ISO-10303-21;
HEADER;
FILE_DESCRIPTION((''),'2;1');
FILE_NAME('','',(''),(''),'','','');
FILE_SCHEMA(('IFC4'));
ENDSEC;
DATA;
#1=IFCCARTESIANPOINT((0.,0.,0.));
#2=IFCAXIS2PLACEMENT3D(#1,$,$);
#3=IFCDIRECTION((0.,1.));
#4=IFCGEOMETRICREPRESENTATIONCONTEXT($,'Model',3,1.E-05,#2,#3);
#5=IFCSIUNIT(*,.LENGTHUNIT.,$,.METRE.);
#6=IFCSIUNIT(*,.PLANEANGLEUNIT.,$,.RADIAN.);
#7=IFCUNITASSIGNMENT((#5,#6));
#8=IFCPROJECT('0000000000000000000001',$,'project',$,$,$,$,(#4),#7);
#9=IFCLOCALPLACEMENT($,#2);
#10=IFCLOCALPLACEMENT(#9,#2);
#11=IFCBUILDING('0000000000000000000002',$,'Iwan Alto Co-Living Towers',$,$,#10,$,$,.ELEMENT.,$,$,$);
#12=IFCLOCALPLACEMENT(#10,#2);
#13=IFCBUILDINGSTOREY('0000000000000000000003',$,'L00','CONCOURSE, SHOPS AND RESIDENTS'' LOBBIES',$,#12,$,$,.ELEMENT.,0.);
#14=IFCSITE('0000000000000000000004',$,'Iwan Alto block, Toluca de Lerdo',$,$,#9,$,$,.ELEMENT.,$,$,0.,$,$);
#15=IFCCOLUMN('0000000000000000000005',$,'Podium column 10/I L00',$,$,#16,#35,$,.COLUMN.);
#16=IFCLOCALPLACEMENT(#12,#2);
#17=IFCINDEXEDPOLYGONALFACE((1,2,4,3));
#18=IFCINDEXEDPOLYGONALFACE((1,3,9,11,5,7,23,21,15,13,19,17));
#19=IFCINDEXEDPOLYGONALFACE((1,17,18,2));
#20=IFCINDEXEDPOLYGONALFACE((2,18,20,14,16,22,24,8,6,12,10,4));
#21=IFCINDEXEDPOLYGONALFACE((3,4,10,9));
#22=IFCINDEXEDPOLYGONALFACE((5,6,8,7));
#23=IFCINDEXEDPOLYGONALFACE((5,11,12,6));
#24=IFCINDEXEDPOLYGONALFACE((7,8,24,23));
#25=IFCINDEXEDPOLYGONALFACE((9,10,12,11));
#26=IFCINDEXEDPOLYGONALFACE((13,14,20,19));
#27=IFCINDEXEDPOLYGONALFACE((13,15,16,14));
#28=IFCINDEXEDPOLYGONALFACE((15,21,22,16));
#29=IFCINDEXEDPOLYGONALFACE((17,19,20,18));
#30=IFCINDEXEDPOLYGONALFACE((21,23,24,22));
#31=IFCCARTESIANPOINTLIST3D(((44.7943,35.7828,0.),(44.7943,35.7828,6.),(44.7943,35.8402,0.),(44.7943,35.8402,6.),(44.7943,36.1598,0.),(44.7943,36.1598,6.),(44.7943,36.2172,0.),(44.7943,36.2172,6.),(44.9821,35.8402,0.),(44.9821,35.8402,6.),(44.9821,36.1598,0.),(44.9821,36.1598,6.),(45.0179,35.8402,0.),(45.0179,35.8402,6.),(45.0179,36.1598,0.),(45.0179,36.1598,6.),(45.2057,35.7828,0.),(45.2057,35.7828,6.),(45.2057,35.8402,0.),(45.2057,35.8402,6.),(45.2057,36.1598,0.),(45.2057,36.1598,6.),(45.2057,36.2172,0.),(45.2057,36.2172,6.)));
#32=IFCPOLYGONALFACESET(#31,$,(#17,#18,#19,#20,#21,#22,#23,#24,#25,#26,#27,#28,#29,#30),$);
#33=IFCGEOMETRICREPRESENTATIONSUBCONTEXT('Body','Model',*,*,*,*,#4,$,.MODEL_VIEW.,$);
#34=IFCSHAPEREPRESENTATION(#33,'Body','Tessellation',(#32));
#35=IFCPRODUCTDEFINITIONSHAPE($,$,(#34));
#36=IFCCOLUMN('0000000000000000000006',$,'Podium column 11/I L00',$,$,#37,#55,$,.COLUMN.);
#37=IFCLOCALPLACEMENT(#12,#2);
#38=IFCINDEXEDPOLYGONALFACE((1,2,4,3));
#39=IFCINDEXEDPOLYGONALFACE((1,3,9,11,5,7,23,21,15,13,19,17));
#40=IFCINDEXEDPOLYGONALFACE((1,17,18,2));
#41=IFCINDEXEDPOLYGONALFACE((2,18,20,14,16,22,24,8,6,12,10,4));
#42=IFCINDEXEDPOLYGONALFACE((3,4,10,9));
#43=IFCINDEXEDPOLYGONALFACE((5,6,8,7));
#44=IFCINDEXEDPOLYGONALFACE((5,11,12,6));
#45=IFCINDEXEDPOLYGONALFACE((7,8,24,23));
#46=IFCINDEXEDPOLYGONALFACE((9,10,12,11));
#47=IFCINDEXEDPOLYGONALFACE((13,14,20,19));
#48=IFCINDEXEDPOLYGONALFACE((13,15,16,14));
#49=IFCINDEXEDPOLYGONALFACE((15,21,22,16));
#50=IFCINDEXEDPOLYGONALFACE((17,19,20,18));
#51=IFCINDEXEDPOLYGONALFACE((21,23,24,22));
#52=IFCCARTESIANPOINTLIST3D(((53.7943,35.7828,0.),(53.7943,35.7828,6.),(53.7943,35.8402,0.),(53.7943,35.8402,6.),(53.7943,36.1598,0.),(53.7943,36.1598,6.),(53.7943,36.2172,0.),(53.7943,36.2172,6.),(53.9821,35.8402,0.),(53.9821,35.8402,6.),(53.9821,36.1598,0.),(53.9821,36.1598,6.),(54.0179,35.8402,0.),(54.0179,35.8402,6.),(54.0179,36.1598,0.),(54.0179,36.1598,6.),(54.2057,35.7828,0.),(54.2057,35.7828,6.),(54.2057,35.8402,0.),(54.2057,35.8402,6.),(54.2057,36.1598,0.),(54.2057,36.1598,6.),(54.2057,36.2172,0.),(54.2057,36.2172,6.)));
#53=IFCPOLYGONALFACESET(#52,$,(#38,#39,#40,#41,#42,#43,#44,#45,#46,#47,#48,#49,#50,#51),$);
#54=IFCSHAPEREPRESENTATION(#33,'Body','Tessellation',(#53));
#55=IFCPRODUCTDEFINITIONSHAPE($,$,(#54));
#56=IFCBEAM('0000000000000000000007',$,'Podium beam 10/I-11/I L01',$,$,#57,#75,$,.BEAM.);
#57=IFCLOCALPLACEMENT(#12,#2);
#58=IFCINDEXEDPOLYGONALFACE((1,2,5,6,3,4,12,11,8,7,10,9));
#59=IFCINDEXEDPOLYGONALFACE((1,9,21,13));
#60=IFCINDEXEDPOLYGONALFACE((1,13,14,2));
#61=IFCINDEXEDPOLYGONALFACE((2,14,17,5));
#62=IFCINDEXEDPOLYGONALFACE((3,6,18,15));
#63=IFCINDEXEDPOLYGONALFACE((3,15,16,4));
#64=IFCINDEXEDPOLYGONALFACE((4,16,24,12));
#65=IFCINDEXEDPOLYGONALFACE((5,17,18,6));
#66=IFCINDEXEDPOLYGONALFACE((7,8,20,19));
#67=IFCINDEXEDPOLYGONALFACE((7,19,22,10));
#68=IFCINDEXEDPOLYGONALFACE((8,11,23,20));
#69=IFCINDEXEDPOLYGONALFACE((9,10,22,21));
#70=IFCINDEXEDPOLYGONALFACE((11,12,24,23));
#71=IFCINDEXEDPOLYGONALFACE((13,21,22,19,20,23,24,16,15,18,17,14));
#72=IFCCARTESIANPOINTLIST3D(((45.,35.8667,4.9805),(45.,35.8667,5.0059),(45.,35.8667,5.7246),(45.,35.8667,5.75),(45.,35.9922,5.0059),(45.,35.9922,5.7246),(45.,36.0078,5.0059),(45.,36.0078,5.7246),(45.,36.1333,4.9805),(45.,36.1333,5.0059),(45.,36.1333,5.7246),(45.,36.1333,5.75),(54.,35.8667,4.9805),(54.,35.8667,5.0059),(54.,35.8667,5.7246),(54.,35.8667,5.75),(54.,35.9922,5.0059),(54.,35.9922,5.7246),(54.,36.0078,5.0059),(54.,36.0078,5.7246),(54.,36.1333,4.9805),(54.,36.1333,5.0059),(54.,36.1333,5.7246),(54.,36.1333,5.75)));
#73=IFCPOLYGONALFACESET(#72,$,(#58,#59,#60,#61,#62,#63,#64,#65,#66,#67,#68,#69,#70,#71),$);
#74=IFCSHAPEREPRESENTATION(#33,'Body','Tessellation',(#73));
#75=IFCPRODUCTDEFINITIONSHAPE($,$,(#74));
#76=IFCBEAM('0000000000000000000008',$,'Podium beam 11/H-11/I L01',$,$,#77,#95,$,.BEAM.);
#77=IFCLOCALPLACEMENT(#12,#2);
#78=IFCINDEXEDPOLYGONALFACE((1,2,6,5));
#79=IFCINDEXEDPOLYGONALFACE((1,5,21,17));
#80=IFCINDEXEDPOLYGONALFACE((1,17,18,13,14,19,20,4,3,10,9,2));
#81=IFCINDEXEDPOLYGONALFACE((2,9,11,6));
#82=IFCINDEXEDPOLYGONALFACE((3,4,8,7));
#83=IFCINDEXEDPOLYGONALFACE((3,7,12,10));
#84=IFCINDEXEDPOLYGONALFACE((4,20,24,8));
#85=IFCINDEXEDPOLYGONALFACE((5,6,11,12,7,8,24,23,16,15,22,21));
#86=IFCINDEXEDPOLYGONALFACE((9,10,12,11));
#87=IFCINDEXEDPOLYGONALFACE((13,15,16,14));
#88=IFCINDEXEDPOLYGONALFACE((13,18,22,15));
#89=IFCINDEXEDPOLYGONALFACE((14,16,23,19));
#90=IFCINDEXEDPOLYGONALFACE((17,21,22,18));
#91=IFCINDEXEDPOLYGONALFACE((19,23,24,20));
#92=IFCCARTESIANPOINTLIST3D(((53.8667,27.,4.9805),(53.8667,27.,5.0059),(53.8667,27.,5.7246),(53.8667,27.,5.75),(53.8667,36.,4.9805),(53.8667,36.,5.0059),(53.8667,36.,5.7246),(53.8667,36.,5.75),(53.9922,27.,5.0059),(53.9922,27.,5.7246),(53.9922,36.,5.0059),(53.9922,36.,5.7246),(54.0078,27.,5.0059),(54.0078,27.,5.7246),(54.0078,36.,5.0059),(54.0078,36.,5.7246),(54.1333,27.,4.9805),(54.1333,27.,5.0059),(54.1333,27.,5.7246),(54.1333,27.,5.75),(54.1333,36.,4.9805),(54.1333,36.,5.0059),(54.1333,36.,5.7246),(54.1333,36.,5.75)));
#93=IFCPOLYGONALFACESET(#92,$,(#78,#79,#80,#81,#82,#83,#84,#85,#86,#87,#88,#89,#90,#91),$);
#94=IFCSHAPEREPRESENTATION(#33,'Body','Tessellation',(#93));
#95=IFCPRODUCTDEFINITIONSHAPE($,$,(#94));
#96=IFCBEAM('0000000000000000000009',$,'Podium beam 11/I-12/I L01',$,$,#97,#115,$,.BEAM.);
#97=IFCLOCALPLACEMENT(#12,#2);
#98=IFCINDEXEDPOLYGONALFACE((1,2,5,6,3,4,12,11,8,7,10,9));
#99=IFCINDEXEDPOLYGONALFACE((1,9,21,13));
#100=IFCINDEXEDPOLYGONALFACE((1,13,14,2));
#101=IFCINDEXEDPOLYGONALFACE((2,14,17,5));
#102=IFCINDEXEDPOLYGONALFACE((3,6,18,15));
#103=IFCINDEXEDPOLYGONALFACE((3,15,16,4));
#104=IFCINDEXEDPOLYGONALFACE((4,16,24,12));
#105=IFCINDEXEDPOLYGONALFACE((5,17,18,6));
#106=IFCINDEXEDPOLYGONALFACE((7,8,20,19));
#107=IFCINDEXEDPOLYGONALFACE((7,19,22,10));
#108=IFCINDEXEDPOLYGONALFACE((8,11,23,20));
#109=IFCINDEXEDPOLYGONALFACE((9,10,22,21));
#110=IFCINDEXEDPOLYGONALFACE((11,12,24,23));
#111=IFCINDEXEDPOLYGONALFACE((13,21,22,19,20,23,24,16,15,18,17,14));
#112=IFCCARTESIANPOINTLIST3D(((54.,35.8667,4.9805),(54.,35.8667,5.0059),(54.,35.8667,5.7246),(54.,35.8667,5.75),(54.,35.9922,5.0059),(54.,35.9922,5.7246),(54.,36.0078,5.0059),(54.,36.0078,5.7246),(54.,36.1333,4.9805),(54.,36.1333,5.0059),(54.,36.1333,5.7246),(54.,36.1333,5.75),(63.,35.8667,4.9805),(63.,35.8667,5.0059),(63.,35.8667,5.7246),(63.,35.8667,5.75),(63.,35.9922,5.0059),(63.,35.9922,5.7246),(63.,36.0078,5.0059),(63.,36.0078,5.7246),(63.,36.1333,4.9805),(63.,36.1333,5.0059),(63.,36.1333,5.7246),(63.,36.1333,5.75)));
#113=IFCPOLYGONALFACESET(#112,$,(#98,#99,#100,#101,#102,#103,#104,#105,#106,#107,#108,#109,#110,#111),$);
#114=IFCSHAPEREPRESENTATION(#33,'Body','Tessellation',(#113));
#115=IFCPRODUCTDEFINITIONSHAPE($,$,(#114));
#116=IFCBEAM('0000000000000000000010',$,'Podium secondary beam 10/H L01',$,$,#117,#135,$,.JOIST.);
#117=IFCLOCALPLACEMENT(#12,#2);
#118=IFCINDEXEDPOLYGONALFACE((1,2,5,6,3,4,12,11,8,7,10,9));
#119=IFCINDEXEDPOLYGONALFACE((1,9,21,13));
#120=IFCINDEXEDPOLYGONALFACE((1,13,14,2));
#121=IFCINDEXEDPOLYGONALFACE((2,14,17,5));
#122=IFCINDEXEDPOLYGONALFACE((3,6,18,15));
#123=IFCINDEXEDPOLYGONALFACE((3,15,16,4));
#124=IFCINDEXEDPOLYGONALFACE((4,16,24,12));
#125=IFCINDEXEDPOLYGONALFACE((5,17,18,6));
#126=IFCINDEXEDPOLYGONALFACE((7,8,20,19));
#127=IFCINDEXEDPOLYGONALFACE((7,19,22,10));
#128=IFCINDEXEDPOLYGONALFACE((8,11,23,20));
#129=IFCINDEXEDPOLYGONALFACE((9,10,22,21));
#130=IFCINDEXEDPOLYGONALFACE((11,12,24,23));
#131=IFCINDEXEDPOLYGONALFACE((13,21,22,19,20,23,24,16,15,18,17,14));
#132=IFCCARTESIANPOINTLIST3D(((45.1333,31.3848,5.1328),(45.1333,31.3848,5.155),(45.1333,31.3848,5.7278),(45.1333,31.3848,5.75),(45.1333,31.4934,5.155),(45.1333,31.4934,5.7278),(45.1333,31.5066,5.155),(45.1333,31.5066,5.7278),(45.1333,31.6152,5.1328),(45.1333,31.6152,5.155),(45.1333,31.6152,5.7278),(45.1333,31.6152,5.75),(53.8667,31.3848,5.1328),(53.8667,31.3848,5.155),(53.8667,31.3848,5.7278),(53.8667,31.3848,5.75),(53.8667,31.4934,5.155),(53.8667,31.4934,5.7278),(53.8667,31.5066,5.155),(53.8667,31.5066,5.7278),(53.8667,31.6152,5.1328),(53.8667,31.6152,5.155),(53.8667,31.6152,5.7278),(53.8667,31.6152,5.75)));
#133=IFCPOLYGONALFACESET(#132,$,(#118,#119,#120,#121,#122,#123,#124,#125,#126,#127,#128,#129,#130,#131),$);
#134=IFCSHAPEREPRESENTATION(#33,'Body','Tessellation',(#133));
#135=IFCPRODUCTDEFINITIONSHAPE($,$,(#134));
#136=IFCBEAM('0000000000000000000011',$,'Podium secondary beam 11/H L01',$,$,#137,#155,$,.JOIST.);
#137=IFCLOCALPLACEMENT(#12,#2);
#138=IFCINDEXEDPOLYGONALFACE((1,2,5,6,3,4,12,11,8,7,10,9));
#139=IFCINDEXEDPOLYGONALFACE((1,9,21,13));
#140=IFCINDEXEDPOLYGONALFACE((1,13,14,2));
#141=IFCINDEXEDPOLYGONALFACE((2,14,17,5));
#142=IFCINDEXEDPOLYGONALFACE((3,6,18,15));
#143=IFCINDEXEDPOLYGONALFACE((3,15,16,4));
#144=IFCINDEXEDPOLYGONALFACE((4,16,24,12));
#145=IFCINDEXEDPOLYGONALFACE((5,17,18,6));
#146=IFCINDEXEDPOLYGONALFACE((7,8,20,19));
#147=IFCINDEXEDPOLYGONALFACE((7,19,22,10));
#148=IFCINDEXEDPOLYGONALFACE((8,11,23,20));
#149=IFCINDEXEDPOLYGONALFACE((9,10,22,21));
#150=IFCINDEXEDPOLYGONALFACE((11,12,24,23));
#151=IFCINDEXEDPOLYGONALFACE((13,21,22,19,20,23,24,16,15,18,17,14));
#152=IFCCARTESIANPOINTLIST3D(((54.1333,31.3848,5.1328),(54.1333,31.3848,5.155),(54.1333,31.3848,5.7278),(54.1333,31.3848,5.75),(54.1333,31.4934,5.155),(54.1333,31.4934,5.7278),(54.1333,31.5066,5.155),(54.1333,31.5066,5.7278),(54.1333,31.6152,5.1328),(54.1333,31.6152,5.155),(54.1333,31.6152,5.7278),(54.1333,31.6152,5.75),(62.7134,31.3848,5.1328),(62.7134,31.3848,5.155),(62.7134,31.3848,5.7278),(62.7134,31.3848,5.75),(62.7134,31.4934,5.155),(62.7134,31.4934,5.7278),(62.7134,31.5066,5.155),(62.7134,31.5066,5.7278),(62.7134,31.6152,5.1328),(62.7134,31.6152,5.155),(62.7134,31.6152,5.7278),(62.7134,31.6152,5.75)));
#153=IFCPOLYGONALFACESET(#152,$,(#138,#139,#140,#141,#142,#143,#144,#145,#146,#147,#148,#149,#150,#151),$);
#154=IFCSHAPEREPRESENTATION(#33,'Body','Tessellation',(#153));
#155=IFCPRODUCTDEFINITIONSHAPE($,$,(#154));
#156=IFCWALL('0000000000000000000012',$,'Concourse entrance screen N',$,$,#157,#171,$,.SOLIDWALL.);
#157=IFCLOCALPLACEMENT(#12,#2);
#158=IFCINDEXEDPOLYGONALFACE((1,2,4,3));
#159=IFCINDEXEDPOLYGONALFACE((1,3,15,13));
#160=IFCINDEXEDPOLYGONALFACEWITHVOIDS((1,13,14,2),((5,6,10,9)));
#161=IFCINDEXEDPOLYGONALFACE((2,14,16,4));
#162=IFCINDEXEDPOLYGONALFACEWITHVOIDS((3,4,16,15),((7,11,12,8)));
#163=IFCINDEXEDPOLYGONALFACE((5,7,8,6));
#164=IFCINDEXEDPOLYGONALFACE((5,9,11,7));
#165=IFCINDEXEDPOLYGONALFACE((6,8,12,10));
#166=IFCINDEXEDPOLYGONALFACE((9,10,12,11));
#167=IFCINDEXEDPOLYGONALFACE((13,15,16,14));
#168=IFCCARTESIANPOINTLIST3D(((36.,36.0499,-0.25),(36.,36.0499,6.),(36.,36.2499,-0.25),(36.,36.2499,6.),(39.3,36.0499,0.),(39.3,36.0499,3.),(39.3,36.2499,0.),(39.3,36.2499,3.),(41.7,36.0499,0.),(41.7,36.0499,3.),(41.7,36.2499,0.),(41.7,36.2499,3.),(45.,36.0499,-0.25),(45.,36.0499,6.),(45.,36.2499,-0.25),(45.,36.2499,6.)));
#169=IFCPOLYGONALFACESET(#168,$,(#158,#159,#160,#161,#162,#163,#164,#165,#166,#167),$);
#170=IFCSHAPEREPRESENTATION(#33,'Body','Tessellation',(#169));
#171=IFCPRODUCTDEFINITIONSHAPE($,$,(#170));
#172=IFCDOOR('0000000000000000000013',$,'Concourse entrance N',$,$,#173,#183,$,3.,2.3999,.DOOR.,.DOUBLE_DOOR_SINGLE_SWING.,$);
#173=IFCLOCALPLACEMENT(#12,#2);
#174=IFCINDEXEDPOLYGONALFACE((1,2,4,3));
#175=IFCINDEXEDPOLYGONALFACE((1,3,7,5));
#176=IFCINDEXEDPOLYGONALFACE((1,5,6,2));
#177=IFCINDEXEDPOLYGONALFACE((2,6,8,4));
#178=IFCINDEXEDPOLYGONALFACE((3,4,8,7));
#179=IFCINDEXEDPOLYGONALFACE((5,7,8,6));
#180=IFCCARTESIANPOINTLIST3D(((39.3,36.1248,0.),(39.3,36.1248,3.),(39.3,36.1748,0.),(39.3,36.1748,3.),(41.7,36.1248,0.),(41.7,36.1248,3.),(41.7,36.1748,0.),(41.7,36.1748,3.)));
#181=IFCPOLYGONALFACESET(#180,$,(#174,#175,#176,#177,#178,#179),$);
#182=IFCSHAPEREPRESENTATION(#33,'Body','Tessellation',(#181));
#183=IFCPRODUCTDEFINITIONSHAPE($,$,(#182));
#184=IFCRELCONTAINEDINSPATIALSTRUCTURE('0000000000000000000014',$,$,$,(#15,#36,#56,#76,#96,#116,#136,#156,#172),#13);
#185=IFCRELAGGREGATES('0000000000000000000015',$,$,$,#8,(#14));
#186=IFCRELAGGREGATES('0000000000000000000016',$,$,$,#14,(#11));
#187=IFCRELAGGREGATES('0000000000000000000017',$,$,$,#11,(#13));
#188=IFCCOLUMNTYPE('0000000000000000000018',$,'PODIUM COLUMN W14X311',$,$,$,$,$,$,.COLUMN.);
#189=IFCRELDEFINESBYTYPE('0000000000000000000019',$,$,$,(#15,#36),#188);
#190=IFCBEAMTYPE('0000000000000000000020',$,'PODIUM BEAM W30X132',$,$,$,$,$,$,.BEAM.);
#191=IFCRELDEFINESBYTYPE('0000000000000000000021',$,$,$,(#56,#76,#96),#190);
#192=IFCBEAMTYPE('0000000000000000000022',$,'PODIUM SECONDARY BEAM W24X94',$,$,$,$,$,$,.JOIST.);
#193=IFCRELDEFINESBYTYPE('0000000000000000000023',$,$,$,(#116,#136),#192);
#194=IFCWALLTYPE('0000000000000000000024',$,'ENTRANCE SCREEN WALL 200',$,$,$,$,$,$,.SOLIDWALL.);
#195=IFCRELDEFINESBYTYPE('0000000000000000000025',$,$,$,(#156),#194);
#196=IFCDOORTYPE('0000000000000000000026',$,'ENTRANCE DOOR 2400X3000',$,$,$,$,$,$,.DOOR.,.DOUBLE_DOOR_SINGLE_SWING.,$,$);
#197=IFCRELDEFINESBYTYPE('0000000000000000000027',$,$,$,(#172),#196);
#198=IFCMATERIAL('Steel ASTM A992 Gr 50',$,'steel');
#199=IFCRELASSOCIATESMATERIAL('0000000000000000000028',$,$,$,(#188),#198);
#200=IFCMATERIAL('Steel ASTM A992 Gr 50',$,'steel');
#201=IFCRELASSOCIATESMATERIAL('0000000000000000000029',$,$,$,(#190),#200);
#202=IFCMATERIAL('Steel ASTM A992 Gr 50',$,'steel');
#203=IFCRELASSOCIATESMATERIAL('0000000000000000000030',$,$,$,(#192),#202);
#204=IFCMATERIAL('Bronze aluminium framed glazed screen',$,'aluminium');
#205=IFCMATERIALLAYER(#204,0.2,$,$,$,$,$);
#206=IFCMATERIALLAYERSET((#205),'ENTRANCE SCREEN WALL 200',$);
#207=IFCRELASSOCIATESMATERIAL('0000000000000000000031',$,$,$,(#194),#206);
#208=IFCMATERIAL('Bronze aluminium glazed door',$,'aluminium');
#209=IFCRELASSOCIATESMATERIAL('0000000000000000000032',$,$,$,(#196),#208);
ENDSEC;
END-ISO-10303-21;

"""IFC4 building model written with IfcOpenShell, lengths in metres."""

from ifc_helpers import new_model, si_unit, direction, frame, frame_2d, origin, origin_2d, place, context, subcontext, project, spatial, rectangle, i_section, extrude, material, layer, layer_set, material_profile, profile_set, type_object, element, fill, save


model = new_model("IFC4")

# Units and contexts
model_context = context("Model", 3, precision=1e-05, world=origin(), true_north=direction((0.0, 1.0)))
body_context = subcontext(model_context, "Body", "Model", "MODEL_VIEW")
ifc_project = project(units=[si_unit("LENGTHUNIT", "METRE"), si_unit("PLANEANGLEUNIT", "RADIAN")], contexts=[model_context])

# Site, building, storey
site_placement = place(None, origin())
site = spatial("IfcSite", under=ifc_project, at=site_placement, Name="Iwan Alto block, Toluca de Lerdo", CompositionType="ELEMENT", RefElevation=0.0)
building_placement = place(site_placement, origin())
building = spatial("IfcBuilding", under=site, at=building_placement, Name="Iwan Alto Co-Living Towers", CompositionType="ELEMENT")
storey_placement = place(building_placement, origin())
storey = spatial("IfcBuildingStorey", under=building, at=storey_placement, Name="L00", Description="CONCOURSE, SHOPS AND RESIDENTS' LOBBIES", CompositionType="ELEMENT", Elevation=0.0)

# Columns
ifc_material_1 = material(Name="Steel ASTM A992 Gr 50", Category="steel")
ifc_material_profile_1 = material_profile(ifc_material_1, i_section(OverallWidth=0.4114, OverallDepth=0.4343, WebThickness=0.0359, FlangeThickness=0.0574, at=origin_2d()), Name="W14X311")
ifc_profile_set_1 = profile_set([ifc_material_profile_1], Name="Steel ASTM A992 Gr 50")
column_type = type_object("IfcColumnType", Name="PODIUM COLUMN W14X311", PredefinedType="COLUMN", material=ifc_profile_set_1)
for number, where, z_axis, x_axis, name in (
    (1, (45.0, 36.0, 0.0), (0.0, 0.0, 1.0), (1.0, 0.0, 0.0), "Podium column 10/I L00"),
    (2, (54.0, 36.0, 0.0), (0.0, 0.0, 1.0), (1.0, 0.0, 0.0), "Podium column 11/I L00"),
):
    element("IfcColumn", number, at=place(storey_placement, frame(where, z_axis=z_axis, x_axis=x_axis)), inside=storey, type_object=column_type, Name=name, PredefinedType="COLUMN", context=body_context, shape_type="SweptSolid", body=[
        extrude(i_section(OverallWidth=0.4114, OverallDepth=0.4343, WebThickness=0.0359, FlangeThickness=0.0574, at=origin_2d()), origin(), (0.0, 0.0, 1.0), 6.0),
    ])

# Beams
ifc_material_2 = material(Name="Steel ASTM A992 Gr 50", Category="steel")
ifc_material_profile_2 = material_profile(ifc_material_2, i_section(OverallWidth=0.2666, OverallDepth=0.7695, WebThickness=0.0156, FlangeThickness=0.0254, at=origin_2d()), Name="W30X132")
ifc_profile_set_2 = profile_set([ifc_material_profile_2], Name="Steel ASTM A992 Gr 50")
beam_type_1 = type_object("IfcBeamType", Name="PODIUM BEAM W30X132", PredefinedType="BEAM", material=ifc_profile_set_2)
for number, where, z_axis, x_axis, name in (
    (3, (45.0, 36.0, 5.3652), (1.0, 0.0, 0.0), (0.0, 1.0, 0.0), "Podium beam 10/I-11/I L01"),
    (4, (54.0, 27.0, 5.3652), (0.0, 1.0, 0.0), (-1.0, 0.0, 0.0), "Podium beam 11/H-11/I L01"),
    (5, (54.0, 36.0, 5.3652), (1.0, 0.0, 0.0), (0.0, 1.0, 0.0), "Podium beam 11/I-12/I L01"),
):
    element("IfcBeam", number, at=place(storey_placement, frame(where, z_axis=z_axis, x_axis=x_axis)), inside=storey, type_object=beam_type_1, Name=name, PredefinedType="BEAM", context=body_context, shape_type="SweptSolid", body=[
        extrude(i_section(OverallWidth=0.2666, OverallDepth=0.7695, WebThickness=0.0156, FlangeThickness=0.0254, at=origin_2d()), origin(), (0.0, 0.0, 1.0), 9.0),
    ])
ifc_material_3 = material(Name="Steel ASTM A992 Gr 50", Category="steel")
ifc_material_profile_3 = material_profile(ifc_material_3, i_section(OverallWidth=0.2305, OverallDepth=0.6172, WebThickness=0.0132, FlangeThickness=0.0222, at=origin_2d()), Name="W24X94")
ifc_profile_set_3 = profile_set([ifc_material_profile_3], Name="Steel ASTM A992 Gr 50")
beam_type_2 = type_object("IfcBeamType", Name="PODIUM SECONDARY BEAM W24X94", PredefinedType="JOIST", material=ifc_profile_set_3)
beam_1_placement = place(storey_placement, frame((45.1333, 31.5, 5.4414), z_axis=(1.0, 0.0, 0.0), x_axis=(0.0, 1.0, 0.0)))
element("IfcBeam", 6, at=beam_1_placement, inside=storey, type_object=beam_type_2, Name="Podium secondary beam 10/H L01", PredefinedType="JOIST", context=body_context, shape_type="SweptSolid", body=[
    extrude(i_section(OverallWidth=0.2305, OverallDepth=0.6172, WebThickness=0.0132, FlangeThickness=0.0222, at=origin_2d()), origin(), (0.0, 0.0, 1.0), 8.7334),
])
beam_2_placement = place(storey_placement, frame((54.1333, 31.5, 5.4414), z_axis=(1.0, 0.0, 0.0), x_axis=(0.0, 1.0, 0.0)))
element("IfcBeam", 7, at=beam_2_placement, inside=storey, type_object=beam_type_2, Name="Podium secondary beam 11/H L01", PredefinedType="JOIST", context=body_context, shape_type="SweptSolid", body=[
    extrude(i_section(OverallWidth=0.2305, OverallDepth=0.6172, WebThickness=0.0132, FlangeThickness=0.0222, at=origin_2d()), origin(), (0.0, 0.0, 1.0), 8.5801),
])

# Wall, opening, door
ifc_material_4 = material(Name="Bronze aluminium framed glazed screen", Category="aluminium")
ifc_layer_1 = layer(ifc_material_4, 0.2)
ifc_layer_set_1 = layer_set([ifc_layer_1], Name="ENTRANCE SCREEN WALL 200")
wall_type_1 = type_object("IfcWallType", Name="ENTRANCE SCREEN WALL 200", PredefinedType="SOLIDWALL", material=ifc_layer_set_1)
wall_1_placement = place(storey_placement, frame((45.0, 36.1499, -0.25), z_axis=(0.0, 0.0, 1.0), x_axis=(-1.0, 0.0, 0.0)))
wall_1 = element("IfcWall", 8, at=wall_1_placement, inside=storey, type_object=wall_type_1, Name="Concourse entrance screen N", PredefinedType="SOLIDWALL", context=body_context, shape_type="SweptSolid", body=[
    extrude(rectangle(XDim=9.0, YDim=0.2, at=frame_2d((4.5, 0.0))), origin(), (0.0, 0.0, 1.0), 6.25),
])
opening_1_placement = place(wall_1_placement, frame((3.3, 0.0, 0.25)))
opening_1 = element("IfcOpeningElement", 9, at=opening_1_placement, cuts=wall_1, PredefinedType="OPENING", context=body_context, shape_type="SweptSolid", body=[
    extrude(rectangle(XDim=2.3999, YDim=3.0, at=frame_2d((1.2, 1.5))), frame((0.0, 0.1099, 0.0), z_axis=(0.0, -1.0, 0.0), x_axis=(1.0, 0.0, 0.0)), (0.0, 0.0, 1.0), 0.22),
])
ifc_material_5 = material(Name="Bronze aluminium glazed door", Category="aluminium")
door_type_1 = type_object("IfcDoorType", Name="ENTRANCE DOOR 2400X3000", OperationType="DOUBLE_DOOR_SINGLE_SWING", PredefinedType="DOOR", material=ifc_material_5)
door_1_placement = place(opening_1_placement, frame((2.3999, 0.0, 0.0), z_axis=(0.0, 0.0, 1.0), x_axis=(-1.0, 0.0, 0.0)))
door_1 = element("IfcDoor", 10, at=door_1_placement, inside=storey, type_object=door_type_1, Name="Concourse entrance N", OperationType="DOUBLE_DOOR_SINGLE_SWING", OverallHeight=3.0, OverallWidth=2.3999, PredefinedType="DOOR", context=body_context, shape_type="SweptSolid", body=[
    extrude(rectangle(XDim=2.3999, YDim=3.0, at=frame_2d((1.2, 1.5))), frame((0.0, 0.0249, 0.0), z_axis=(0.0, -1.0, 0.0), x_axis=(1.0, 0.0, 0.0)), (0.0, 0.0, 1.0), 0.05),
])
fill(opening_1, door_1)

save(model, "model.ifc")
